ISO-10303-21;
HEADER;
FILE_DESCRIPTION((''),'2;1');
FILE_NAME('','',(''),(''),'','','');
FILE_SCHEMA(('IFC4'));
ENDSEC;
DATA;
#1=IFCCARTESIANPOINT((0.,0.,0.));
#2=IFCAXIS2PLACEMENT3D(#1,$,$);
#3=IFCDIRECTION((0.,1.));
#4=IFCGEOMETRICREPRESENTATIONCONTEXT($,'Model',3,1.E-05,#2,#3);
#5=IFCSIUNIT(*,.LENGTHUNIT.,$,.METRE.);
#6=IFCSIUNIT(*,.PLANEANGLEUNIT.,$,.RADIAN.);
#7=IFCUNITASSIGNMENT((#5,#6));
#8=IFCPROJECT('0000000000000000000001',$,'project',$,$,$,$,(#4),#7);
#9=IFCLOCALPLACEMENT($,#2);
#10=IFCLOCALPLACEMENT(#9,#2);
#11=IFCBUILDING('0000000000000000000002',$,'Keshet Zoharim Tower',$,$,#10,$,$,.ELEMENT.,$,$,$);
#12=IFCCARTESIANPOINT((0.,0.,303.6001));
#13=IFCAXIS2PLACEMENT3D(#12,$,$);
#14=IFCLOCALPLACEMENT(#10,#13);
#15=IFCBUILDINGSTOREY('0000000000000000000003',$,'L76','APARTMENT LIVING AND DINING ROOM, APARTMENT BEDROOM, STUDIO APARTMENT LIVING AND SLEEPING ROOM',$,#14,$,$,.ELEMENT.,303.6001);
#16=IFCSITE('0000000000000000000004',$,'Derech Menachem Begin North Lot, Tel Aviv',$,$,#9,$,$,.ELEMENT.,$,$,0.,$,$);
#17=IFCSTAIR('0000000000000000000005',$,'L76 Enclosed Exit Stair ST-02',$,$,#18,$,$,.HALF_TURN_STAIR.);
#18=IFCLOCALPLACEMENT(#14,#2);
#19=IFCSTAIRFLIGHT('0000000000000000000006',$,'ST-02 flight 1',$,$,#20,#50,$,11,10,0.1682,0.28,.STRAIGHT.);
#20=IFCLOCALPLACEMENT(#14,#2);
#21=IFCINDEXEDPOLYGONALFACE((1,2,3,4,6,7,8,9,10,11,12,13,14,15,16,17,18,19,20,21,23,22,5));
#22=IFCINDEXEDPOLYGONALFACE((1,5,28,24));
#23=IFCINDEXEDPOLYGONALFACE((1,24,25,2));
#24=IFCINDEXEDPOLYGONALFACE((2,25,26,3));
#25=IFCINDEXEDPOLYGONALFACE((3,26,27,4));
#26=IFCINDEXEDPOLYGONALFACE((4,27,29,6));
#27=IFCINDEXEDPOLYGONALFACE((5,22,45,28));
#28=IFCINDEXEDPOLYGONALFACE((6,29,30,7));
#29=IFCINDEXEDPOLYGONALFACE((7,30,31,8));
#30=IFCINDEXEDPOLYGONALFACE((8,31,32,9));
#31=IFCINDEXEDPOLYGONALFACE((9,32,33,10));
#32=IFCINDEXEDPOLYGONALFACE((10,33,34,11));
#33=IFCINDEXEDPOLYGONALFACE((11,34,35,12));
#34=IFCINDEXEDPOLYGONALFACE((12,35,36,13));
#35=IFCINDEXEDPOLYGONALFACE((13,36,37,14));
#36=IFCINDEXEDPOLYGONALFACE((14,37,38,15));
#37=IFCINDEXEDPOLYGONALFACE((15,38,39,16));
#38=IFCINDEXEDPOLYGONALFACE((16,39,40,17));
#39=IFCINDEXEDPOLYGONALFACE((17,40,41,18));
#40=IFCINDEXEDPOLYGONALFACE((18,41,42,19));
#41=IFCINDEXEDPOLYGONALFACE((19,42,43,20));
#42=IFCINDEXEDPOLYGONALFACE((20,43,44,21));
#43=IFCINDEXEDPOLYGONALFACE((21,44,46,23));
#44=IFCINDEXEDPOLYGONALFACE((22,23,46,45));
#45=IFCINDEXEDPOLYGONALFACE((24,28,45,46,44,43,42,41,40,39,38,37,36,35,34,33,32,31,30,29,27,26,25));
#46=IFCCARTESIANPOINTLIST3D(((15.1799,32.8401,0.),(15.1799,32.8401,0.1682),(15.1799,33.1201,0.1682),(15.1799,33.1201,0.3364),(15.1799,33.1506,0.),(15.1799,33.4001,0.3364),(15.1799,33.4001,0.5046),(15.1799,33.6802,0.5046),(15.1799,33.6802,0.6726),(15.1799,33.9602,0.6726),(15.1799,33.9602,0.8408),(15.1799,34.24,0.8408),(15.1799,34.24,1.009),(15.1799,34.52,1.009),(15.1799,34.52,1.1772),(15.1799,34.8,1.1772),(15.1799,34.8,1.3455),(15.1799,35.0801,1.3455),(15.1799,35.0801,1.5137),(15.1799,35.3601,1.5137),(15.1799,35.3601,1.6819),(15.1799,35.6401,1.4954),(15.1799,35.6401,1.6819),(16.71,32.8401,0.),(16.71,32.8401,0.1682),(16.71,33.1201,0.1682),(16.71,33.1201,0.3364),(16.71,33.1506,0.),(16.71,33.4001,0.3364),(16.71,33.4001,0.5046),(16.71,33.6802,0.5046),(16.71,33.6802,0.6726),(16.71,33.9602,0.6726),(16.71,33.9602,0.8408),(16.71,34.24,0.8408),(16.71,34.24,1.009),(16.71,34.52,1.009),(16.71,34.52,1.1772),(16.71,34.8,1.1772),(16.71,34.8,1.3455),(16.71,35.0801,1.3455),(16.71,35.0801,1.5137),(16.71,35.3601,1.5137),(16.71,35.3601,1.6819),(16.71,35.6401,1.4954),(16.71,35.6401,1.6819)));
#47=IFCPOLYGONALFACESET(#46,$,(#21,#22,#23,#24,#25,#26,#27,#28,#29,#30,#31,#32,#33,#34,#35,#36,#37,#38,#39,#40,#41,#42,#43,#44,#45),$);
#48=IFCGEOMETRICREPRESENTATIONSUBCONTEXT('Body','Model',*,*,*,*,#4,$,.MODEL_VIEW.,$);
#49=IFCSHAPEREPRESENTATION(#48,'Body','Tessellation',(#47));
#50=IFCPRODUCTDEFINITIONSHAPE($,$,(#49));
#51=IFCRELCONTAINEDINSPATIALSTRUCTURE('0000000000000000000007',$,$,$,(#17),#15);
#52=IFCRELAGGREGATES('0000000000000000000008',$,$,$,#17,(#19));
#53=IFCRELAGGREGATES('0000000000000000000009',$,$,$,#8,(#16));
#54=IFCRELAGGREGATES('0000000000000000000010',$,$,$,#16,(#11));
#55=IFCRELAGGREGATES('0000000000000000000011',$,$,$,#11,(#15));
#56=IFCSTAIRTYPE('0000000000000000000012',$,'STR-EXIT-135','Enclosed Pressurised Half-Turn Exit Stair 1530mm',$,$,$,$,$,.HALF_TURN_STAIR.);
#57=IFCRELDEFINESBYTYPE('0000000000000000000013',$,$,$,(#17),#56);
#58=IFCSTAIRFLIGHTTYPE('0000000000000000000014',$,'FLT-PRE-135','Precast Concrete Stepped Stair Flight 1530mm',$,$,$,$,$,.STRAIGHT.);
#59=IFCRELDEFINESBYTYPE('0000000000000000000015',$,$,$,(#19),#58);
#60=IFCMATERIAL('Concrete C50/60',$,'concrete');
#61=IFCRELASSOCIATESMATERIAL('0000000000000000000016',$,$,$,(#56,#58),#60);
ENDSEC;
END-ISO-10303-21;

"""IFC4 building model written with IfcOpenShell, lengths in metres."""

from ifc_helpers import new_model, si_unit, direction, frame, origin, place, context, subcontext, project, spatial, polyline, outline, extrude, material, type_object, element, aggregate, save


model = new_model("IFC4")

# Units and contexts
model_context = context("Model", 3, precision=1e-05, world=origin(), true_north=direction((0.0, 1.0)))
body_context = subcontext(model_context, "Body", "Model", "MODEL_VIEW")
ifc_project = project(units=[si_unit("LENGTHUNIT", "METRE"), si_unit("PLANEANGLEUNIT", "RADIAN")], contexts=[model_context])

# Site, building, storey
site_placement = place(None, origin())
site = spatial("IfcSite", under=ifc_project, at=site_placement, Name="Derech Menachem Begin North Lot, Tel Aviv", CompositionType="ELEMENT", RefElevation=0.0)
building_placement = place(site_placement, origin())
building = spatial("IfcBuilding", under=site, at=building_placement, Name="Keshet Zoharim Tower", CompositionType="ELEMENT")
storey_placement = place(building_placement, frame((0.0, 0.0, 303.6001)))
storey = spatial("IfcBuildingStorey", under=building, at=storey_placement, Name="L76", Description="APARTMENT LIVING AND DINING ROOM, APARTMENT BEDROOM, STUDIO APARTMENT LIVING AND SLEEPING ROOM", CompositionType="ELEMENT", Elevation=303.6001)

# Stair, stair flight
ifc_material_1 = material(Name="Concrete C50/60", Category="concrete")
stair_type = type_object("IfcStairType", Name="STR-EXIT-135", Description="Enclosed Pressurised Half-Turn Exit Stair 1530mm", PredefinedType="HALF_TURN_STAIR", material=ifc_material_1)
stair_placement = place(storey_placement, origin())
stair = element("IfcStair", 1, at=stair_placement, inside=storey, type_object=stair_type, Name="L76 Enclosed Exit Stair ST-02", PredefinedType="HALF_TURN_STAIR")
stair_flight_type = type_object("IfcStairFlightType", Name="FLT-PRE-135", Description="Precast Concrete Stepped Stair Flight 1530mm", PredefinedType="STRAIGHT", material=ifc_material_1)
stair_flight_placement = place(storey_placement, frame((15.9451, 32.8401, 0.0), z_axis=(0.0, 0.0, 1.0), x_axis=(0.0, 1.0, 0.0)))
stair_flight = element("IfcStairFlight", 2, at=stair_flight_placement, type_object=stair_flight_type, Name="ST-02 flight 1", NumberOfRisers=11, NumberOfTreads=10, PredefinedType="STRAIGHT", RiserHeight=0.1682, TreadLength=0.28, context=body_context, shape_type="SweptSolid", body=[
    extrude(outline(polyline([(0.0, 0.0), (0.0, 0.1682), (0.28, 0.1682), (0.28, 0.3364), (0.5601, 0.3364), (0.5601, 0.5046), (0.8401, 0.5046), (0.8401, 0.6726), (1.1201, 0.6726), (1.1201, 0.8408), (1.3999, 0.8408), (1.3999, 1.009), (1.6799, 1.009), (1.6799, 1.1772), (1.96, 1.1772), (1.96, 1.3455), (2.24, 1.3455), (2.24, 1.5137), (2.52, 1.5137), (2.52, 1.6819), (2.8, 1.6819), (2.8, 1.8501), (2.8, 1.4954), (0.3105, 0.0), (0.0, 0.0)])), frame((0.0, 0.7651, 0.0), z_axis=(0.0, -1.0, 0.0), x_axis=(1.0, 0.0, 0.0)), (0.0, 0.0, 1.0), 1.53),
])
aggregate(stair, [stair_flight])

save(model, "model.ifc")
